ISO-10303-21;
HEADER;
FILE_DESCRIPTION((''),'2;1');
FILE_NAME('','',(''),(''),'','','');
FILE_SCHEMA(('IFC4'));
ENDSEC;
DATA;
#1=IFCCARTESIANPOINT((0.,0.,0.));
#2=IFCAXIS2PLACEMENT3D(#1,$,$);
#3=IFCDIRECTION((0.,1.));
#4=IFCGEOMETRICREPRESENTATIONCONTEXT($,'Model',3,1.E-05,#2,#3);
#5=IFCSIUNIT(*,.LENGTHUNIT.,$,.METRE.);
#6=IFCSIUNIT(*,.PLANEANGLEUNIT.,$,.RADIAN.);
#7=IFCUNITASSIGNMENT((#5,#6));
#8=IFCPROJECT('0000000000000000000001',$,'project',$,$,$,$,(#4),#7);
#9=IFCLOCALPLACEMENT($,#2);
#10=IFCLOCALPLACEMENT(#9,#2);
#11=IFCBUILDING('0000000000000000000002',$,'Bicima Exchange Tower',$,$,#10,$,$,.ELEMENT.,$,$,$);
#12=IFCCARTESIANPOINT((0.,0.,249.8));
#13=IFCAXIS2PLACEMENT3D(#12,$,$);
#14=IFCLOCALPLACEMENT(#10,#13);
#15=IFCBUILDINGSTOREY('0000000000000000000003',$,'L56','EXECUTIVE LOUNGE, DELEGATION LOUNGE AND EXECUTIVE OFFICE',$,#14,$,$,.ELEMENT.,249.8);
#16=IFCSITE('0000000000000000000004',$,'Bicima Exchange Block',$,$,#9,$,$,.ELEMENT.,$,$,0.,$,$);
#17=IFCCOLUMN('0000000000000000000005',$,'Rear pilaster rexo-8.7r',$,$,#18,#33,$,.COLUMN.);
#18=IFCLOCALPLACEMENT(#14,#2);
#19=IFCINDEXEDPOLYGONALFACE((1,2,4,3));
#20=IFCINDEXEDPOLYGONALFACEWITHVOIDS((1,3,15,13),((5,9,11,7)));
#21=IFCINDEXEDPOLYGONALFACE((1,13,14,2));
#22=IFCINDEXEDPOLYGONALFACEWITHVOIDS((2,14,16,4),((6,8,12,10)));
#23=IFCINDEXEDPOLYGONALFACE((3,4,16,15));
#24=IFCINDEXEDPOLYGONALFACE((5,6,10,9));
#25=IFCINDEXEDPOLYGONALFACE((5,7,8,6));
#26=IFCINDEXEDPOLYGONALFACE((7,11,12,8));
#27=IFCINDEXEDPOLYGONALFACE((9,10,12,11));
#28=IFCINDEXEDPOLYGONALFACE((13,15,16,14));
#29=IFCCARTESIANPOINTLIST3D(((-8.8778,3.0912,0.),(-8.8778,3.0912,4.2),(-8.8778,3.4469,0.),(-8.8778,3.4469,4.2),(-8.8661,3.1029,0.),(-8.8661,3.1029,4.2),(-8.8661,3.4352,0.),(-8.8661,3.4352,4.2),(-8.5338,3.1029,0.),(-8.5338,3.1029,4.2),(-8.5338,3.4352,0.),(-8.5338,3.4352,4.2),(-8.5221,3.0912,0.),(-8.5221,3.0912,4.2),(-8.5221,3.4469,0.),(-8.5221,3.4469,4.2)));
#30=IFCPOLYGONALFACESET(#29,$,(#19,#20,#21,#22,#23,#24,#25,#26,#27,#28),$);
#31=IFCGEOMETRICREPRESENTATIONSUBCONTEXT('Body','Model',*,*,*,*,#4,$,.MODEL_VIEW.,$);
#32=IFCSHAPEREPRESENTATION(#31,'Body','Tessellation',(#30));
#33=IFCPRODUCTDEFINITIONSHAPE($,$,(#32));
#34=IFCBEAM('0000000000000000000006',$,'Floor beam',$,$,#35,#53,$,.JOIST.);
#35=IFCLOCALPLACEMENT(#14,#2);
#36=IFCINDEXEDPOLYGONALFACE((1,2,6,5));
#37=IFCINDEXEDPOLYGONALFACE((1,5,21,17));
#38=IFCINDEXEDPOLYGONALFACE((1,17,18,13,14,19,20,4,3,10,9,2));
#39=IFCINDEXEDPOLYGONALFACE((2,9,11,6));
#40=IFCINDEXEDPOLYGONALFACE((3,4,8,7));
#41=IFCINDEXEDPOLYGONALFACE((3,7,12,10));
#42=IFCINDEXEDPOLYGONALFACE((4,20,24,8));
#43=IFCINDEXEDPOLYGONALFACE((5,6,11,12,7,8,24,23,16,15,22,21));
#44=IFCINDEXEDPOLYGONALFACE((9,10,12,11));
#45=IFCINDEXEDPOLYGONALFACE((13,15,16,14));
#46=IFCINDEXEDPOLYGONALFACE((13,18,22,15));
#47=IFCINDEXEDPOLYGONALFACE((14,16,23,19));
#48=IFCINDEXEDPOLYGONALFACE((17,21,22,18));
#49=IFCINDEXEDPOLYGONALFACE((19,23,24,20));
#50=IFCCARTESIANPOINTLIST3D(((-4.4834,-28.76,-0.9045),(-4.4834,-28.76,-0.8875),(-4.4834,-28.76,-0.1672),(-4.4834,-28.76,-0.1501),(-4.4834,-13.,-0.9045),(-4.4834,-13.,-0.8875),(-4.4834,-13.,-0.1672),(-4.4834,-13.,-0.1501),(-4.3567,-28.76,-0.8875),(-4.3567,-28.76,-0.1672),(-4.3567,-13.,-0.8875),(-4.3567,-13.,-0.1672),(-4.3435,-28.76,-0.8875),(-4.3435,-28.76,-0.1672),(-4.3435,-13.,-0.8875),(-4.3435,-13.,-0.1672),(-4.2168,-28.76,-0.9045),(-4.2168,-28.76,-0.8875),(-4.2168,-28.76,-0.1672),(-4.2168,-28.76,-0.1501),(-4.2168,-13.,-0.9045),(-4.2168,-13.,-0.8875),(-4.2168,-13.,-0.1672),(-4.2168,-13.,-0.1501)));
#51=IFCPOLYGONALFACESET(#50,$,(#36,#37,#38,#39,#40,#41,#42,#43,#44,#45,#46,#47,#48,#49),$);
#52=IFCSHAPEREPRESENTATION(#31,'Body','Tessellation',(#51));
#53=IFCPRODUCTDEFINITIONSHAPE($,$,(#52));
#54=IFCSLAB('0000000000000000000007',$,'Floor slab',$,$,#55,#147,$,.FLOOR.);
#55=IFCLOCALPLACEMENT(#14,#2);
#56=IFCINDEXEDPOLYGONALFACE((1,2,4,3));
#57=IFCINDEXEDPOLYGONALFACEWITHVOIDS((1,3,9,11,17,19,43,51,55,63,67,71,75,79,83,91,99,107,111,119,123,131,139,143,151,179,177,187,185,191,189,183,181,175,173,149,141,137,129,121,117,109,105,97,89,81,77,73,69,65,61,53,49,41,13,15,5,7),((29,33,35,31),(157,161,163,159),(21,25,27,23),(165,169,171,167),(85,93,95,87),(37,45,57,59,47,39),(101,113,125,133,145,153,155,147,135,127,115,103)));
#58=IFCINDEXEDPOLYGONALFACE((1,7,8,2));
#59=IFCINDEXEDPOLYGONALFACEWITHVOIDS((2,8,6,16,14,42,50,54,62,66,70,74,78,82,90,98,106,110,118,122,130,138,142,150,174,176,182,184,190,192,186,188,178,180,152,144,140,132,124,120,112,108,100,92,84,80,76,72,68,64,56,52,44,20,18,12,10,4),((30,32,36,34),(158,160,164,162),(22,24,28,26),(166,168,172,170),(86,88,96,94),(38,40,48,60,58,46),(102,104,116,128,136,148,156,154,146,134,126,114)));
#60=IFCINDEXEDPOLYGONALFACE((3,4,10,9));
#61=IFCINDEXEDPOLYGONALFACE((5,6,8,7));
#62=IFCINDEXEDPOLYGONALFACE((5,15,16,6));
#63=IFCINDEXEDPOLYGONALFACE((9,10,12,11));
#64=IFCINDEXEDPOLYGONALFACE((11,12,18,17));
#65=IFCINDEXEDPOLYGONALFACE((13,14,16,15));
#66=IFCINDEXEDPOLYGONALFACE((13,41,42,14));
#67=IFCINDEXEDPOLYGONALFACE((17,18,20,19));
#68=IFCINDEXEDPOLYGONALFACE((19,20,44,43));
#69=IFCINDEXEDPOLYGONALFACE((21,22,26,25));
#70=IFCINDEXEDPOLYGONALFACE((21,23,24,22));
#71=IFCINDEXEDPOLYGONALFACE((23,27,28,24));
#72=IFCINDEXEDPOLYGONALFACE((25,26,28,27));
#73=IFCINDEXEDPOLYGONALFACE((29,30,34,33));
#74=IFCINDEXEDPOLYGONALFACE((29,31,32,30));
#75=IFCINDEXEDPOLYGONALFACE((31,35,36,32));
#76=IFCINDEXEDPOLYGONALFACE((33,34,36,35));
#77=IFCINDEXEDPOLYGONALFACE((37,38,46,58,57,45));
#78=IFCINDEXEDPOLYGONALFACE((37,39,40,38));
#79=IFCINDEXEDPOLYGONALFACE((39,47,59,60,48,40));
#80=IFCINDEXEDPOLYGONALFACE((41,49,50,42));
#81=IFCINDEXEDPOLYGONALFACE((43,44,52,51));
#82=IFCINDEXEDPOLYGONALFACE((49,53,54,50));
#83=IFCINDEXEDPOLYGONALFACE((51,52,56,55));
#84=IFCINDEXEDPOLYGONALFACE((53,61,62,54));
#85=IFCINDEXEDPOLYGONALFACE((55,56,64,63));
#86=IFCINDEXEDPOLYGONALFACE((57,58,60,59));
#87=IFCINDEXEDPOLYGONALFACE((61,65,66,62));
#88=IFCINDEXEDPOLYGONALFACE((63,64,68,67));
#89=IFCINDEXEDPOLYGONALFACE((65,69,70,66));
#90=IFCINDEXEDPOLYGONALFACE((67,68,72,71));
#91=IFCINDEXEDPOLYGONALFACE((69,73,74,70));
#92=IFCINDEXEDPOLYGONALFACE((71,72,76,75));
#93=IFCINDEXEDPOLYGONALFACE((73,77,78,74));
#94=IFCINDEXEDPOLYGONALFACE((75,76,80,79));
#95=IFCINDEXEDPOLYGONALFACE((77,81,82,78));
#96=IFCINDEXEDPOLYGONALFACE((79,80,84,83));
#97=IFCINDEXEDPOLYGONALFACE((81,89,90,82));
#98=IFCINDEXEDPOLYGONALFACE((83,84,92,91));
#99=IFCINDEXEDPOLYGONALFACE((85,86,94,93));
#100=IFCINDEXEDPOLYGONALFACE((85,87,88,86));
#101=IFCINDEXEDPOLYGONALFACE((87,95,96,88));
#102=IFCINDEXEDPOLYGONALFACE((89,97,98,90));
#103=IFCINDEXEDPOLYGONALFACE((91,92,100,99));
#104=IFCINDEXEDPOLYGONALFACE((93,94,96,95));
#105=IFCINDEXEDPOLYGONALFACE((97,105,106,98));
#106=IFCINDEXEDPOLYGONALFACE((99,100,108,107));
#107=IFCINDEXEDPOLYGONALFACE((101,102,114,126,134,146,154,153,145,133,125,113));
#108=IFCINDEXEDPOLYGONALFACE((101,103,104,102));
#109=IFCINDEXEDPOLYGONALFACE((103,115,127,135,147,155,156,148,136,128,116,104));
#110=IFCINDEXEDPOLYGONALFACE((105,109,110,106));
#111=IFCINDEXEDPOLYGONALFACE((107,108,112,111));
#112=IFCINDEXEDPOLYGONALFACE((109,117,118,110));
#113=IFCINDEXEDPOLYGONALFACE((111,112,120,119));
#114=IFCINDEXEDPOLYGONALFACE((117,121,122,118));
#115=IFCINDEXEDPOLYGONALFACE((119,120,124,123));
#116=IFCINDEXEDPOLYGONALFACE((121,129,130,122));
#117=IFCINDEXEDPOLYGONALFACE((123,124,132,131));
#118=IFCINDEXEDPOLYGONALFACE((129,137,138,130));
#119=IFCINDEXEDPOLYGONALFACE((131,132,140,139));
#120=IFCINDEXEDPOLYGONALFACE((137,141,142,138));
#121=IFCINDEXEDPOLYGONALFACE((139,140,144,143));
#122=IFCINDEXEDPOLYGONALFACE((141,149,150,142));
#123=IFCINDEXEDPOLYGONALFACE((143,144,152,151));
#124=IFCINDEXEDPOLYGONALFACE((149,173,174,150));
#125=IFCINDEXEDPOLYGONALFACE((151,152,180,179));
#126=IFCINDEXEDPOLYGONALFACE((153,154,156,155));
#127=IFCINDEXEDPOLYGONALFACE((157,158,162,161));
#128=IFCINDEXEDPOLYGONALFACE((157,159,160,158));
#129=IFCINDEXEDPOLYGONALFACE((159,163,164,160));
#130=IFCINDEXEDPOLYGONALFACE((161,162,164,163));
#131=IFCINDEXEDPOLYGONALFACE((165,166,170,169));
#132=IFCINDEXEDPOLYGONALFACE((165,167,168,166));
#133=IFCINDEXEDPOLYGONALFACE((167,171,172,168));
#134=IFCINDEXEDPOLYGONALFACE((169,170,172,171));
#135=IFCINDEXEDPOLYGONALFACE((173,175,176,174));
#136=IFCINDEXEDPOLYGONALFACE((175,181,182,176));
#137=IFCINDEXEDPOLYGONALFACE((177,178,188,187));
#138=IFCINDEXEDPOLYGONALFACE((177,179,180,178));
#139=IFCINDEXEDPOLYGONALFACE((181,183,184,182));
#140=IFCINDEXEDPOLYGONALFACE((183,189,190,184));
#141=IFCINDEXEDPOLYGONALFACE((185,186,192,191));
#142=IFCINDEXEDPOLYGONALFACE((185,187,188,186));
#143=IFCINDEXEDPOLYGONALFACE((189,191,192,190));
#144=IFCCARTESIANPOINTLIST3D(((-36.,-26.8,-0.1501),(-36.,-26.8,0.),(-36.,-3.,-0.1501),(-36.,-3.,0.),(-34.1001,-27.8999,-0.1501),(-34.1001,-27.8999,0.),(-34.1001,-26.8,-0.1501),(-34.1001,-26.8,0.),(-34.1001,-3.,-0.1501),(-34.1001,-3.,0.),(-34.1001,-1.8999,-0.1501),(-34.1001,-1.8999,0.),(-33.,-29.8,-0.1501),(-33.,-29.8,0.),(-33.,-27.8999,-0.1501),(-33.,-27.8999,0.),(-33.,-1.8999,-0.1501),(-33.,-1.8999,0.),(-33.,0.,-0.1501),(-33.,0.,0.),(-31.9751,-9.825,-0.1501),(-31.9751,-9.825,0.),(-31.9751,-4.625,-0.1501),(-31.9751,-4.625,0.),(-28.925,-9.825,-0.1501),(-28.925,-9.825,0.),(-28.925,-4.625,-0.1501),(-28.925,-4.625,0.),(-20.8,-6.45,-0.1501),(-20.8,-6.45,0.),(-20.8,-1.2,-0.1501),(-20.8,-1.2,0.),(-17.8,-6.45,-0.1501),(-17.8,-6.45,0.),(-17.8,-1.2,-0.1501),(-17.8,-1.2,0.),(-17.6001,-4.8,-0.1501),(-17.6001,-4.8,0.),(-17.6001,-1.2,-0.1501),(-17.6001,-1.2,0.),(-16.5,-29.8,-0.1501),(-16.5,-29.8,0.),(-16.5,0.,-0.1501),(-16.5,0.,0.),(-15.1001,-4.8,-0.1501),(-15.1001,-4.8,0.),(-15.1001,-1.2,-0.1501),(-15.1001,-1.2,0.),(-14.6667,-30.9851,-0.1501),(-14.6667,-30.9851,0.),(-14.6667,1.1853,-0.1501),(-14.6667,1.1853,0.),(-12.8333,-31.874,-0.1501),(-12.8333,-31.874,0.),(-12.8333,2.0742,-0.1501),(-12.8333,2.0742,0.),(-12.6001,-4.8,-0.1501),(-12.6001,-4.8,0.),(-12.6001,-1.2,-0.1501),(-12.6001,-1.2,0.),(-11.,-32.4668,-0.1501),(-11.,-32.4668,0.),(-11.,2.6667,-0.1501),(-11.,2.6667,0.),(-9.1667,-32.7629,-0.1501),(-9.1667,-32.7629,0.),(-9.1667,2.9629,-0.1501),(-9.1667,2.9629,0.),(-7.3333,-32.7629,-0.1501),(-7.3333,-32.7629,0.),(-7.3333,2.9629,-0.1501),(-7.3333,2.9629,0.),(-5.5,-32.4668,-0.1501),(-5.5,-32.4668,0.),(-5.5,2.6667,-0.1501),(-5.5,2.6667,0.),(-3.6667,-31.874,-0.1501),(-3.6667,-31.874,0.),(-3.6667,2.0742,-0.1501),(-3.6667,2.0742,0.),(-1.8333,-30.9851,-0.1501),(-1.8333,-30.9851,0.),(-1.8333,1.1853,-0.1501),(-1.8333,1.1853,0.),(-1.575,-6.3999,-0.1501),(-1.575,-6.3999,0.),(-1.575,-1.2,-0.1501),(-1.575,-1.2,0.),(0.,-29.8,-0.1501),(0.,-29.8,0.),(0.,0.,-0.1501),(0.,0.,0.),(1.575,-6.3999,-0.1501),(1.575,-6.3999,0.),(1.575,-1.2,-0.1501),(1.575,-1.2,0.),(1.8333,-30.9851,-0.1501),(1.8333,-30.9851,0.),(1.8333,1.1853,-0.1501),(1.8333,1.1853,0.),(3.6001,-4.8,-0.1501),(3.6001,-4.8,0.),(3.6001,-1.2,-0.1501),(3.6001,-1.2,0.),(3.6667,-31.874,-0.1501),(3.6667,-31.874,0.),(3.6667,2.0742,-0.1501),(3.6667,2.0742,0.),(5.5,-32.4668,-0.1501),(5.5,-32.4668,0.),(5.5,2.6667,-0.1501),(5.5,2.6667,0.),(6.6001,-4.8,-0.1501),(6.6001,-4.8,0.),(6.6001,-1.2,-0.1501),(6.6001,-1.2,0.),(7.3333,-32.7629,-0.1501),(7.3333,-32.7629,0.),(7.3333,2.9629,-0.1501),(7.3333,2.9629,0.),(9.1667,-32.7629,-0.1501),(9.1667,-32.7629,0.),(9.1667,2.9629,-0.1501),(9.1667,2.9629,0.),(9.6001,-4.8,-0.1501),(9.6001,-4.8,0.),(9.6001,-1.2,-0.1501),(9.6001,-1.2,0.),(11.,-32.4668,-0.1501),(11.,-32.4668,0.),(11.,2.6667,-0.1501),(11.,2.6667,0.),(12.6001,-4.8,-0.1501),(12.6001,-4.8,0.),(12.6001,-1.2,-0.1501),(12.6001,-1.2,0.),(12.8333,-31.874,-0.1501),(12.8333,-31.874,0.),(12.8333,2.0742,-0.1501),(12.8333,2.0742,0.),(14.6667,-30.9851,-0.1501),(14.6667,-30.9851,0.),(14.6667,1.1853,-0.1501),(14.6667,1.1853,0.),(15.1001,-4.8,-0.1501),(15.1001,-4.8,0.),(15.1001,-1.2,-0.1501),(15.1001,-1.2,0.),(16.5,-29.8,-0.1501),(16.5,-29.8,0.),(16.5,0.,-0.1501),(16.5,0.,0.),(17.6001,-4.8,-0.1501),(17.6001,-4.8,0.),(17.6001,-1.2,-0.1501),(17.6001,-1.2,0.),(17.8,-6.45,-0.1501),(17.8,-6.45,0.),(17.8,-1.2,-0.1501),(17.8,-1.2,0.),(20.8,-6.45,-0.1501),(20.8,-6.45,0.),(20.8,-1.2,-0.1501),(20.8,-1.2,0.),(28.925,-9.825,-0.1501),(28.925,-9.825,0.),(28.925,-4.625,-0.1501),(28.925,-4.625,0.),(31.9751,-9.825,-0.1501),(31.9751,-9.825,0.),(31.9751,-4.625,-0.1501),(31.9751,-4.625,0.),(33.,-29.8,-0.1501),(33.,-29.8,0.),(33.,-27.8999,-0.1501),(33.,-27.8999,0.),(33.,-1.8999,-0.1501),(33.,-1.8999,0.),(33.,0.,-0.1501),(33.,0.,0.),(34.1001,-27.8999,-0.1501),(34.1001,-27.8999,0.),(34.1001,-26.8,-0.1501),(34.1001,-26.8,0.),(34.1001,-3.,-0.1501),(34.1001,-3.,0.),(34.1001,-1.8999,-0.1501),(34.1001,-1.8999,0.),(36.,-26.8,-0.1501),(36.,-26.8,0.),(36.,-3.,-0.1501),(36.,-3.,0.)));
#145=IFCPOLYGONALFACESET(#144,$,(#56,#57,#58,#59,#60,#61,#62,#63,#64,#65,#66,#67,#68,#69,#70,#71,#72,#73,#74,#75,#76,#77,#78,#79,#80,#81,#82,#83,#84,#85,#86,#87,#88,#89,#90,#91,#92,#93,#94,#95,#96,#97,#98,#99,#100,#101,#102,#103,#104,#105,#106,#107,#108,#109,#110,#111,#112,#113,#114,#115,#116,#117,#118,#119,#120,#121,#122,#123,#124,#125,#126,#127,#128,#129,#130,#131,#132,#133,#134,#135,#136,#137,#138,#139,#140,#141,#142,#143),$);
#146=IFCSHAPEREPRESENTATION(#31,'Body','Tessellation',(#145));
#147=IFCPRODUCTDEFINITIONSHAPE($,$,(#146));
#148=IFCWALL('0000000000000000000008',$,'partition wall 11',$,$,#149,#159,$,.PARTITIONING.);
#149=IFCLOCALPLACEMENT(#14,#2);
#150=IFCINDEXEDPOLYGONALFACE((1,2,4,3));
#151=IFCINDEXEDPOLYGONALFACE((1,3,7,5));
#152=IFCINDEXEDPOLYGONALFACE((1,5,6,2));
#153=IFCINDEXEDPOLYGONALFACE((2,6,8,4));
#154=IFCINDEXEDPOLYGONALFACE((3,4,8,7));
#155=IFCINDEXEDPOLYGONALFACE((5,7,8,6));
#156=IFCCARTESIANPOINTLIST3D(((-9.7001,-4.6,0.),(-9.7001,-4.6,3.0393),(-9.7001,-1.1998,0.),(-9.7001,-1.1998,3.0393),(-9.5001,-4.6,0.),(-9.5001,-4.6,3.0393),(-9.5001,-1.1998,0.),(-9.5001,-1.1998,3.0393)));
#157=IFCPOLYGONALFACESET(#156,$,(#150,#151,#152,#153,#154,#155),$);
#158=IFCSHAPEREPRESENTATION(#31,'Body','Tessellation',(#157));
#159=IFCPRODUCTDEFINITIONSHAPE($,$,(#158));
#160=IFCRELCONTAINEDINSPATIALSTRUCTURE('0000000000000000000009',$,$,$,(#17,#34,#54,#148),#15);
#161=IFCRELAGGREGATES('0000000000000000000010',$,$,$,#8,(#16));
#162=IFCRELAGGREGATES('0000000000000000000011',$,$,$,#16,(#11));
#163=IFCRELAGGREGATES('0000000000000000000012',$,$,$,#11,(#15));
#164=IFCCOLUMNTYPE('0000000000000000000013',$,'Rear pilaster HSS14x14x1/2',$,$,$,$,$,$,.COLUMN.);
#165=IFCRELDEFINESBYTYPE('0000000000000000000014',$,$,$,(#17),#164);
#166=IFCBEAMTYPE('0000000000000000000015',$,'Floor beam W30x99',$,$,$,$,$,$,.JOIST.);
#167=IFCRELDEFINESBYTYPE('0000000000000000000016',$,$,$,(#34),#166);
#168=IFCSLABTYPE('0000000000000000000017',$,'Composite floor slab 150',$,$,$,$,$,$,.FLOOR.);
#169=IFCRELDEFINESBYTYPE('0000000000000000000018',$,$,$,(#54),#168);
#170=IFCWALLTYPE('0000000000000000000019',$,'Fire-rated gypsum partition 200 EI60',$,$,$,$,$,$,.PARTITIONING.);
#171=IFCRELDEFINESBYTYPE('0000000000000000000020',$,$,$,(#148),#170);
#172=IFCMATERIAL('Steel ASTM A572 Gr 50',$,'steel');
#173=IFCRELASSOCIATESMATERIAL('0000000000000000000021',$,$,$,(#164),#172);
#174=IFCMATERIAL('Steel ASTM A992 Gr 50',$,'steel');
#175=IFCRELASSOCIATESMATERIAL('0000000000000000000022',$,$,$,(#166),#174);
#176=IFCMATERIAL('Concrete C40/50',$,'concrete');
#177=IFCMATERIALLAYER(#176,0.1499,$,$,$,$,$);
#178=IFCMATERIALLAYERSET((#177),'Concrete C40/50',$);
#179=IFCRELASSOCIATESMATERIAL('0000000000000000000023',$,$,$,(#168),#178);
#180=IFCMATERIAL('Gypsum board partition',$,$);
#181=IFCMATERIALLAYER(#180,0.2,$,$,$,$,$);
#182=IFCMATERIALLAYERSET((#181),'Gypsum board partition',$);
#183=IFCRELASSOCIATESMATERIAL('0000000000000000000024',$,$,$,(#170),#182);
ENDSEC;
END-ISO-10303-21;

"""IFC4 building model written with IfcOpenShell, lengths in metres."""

from ifc_helpers import new_model, si_unit, direction, frame, frame_2d, origin, origin_2d, place, context, subcontext, project, spatial, polyline, rectangle, hollow_rectangle, i_section, outline, extrude, material, layer, layer_set, material_profile, profile_set, type_object, element, save


model = new_model("IFC4")

# Units and contexts
model_context = context("Model", 3, precision=1e-05, world=origin(), true_north=direction((0.0, 1.0)))
body_context = subcontext(model_context, "Body", "Model", "MODEL_VIEW")
ifc_project = project(units=[si_unit("LENGTHUNIT", "METRE"), si_unit("PLANEANGLEUNIT", "RADIAN")], contexts=[model_context])

# Site, building, storey
site_placement = place(None, origin())
site = spatial("IfcSite", under=ifc_project, at=site_placement, Name="Bicima Exchange Block", CompositionType="ELEMENT", RefElevation=0.0)
building_placement = place(site_placement, origin())
building = spatial("IfcBuilding", under=site, at=building_placement, Name="Bicima Exchange Tower", CompositionType="ELEMENT")
storey_placement = place(building_placement, frame((0.0, 0.0, 249.8)))
storey = spatial("IfcBuildingStorey", under=building, at=storey_placement, Name="L56", Description="EXECUTIVE LOUNGE, DELEGATION LOUNGE AND EXECUTIVE OFFICE", CompositionType="ELEMENT", Elevation=249.8)

# Column
ifc_material_1 = material(Name="Steel ASTM A572 Gr 50", Category="steel")
ifc_material_profile_1 = material_profile(ifc_material_1, hollow_rectangle(XDim=0.3557, YDim=0.3557, WallThickness=0.0117, at=origin_2d()))
ifc_profile_set_1 = profile_set([ifc_material_profile_1], Name="Steel ASTM A572 Gr 50")
column_type = type_object("IfcColumnType", Name="Rear pilaster HSS14x14x1/2", PredefinedType="COLUMN", material=ifc_profile_set_1)
column_placement = place(storey_placement, frame((-8.7, 3.269, 0.0), z_axis=(0.0, 0.0, 1.0), x_axis=(1.0, 0.0, 0.0)))
element("IfcColumn", 1, at=column_placement, inside=storey, type_object=column_type, Name="Rear pilaster rexo-8.7r", PredefinedType="COLUMN", context=body_context, shape_type="SweptSolid", body=[
    extrude(hollow_rectangle(XDim=0.3557, YDim=0.3557, WallThickness=0.0117, at=origin_2d()), origin(), (0.0, 0.0, 1.0), 4.2),
])

# Beam
ifc_material_2 = material(Name="Steel ASTM A992 Gr 50", Category="steel")
ifc_material_profile_2 = material_profile(ifc_material_2, i_section(OverallWidth=0.2666, OverallDepth=0.7544, WebThickness=0.0132, FlangeThickness=0.0171, at=origin_2d()))
ifc_profile_set_2 = profile_set([ifc_material_profile_2], Name="Steel ASTM A992 Gr 50")
beam_type = type_object("IfcBeamType", Name="Floor beam W30x99", PredefinedType="JOIST", material=ifc_profile_set_2)
beam_placement = place(storey_placement, frame((-4.3501, -13.0, -0.5273), z_axis=(0.0, -1.0, 0.0), x_axis=(1.0, 0.0, 0.0)))
element("IfcBeam", 2, at=beam_placement, inside=storey, type_object=beam_type, Name="Floor beam", PredefinedType="JOIST", context=body_context, shape_type="SweptSolid", body=[
    extrude(i_section(OverallWidth=0.2666, OverallDepth=0.7544, WebThickness=0.0132, FlangeThickness=0.0171, at=origin_2d()), origin(), (0.0, 0.0, 1.0), 15.76),
])

# Slab
ifc_material_3 = material(Name="Concrete C40/50", Category="concrete")
ifc_layer_1 = layer(ifc_material_3, 0.1499)
ifc_layer_set_1 = layer_set([ifc_layer_1], Name="Concrete C40/50")
slab_type = type_object("IfcSlabType", Name="Composite floor slab 150", PredefinedType="FLOOR", material=ifc_layer_set_1)
slab_placement = place(storey_placement, frame((0.0, 0.0, -0.1501)))
element("IfcSlab", 3, at=slab_placement, inside=storey, type_object=slab_type, Name="Floor slab", PredefinedType="FLOOR", context=body_context, shape_type="SweptSolid", body=[
    extrude(outline(polyline([(-36.0, -26.8), (-36.0, -3.0), (-34.1001, -3.0), (-34.1001, -1.8999), (-33.0, -1.8999), (-33.0, 0.0), (-16.5, 0.0), (-14.6667, 1.1853), (-12.8333, 2.0742), (-11.0, 2.6667), (-9.1667, 2.9629), (-7.3333, 2.9629), (-5.5, 2.6667), (-3.6667, 2.0742), (-1.8333, 1.1853), (0.0, 0.0), (1.8333, 1.1853), (3.6667, 2.0742), (5.5, 2.6667), (7.3333, 2.9629), (9.1667, 2.9629), (11.0, 2.6667), (12.8333, 2.0742), (14.6667, 1.1853), (16.5, 0.0), (33.0, 0.0), (33.0, -1.8999), (34.1001, -1.8999), (34.1001, -3.0), (36.0, -3.0), (36.0, -26.8), (34.1001, -26.8), (34.1001, -27.8999), (33.0, -27.8999), (33.0, -29.8), (16.5, -29.8), (14.6667, -30.9851), (12.8333, -31.874), (11.0, -32.4668), (9.1667, -32.7629), (7.3333, -32.7629), (5.5, -32.4668), (3.6667, -31.874), (1.8333, -30.9851), (0.0, -29.8), (-1.8333, -30.9851), (-3.6667, -31.874), (-5.5, -32.4668), (-7.3333, -32.7629), (-9.1667, -32.7629), (-11.0, -32.4668), (-12.8333, -31.874), (-14.6667, -30.9851), (-16.5, -29.8), (-33.0, -29.8), (-33.0, -27.8999), (-34.1001, -27.8999), (-34.1001, -26.8), (-36.0, -26.8)]), holes=[polyline([(-28.925, -9.825), (-28.925, -4.625), (-31.9751, -4.625), (-31.9751, -9.825), (-28.925, -9.825)]), polyline([(-20.8, -6.45), (-17.8, -6.45), (-17.8, -1.2), (-20.8, -1.2), (-20.8, -6.45)]), polyline([(-1.575, -6.3999), (1.575, -6.3999), (1.575, -1.2), (-1.575, -1.2), (-1.575, -6.3999)]), polyline([(-12.6001, -1.2), (-15.1001, -1.2), (-17.6001, -1.2), (-17.6001, -4.8), (-15.1001, -4.8), (-12.6001, -4.8), (-12.6001, -1.2)]), polyline([(3.6001, -4.8), (6.6001, -4.8), (9.6001, -4.8), (12.6001, -4.8), (15.1001, -4.8), (17.6001, -4.8), (17.6001, -1.2), (15.1001, -1.2), (12.6001, -1.2), (9.6001, -1.2), (6.6001, -1.2), (3.6001, -1.2), (3.6001, -4.8)]), polyline([(31.9751, -9.825), (31.9751, -4.625), (28.925, -4.625), (28.925, -9.825), (31.9751, -9.825)]), polyline([(17.8, -6.45), (20.8, -6.45), (20.8, -1.2), (17.8, -1.2), (17.8, -6.45)])]), origin(), (0.0, 0.0, 1.0), 0.1501),
])

# Wall
ifc_material_4 = material(Name="Gypsum board partition")
ifc_layer_2 = layer(ifc_material_4, 0.2)
ifc_layer_set_2 = layer_set([ifc_layer_2], Name="Gypsum board partition")
wall_type_1 = type_object("IfcWallType", Name="Fire-rated gypsum partition 200 EI60", PredefinedType="PARTITIONING", material=ifc_layer_set_2)
wall_1_placement = place(storey_placement, frame((-9.6001, -4.6001, 0.0), z_axis=(0.0, 0.0, 1.0), x_axis=(0.0, 1.0, 0.0)))
element("IfcWall", 4, at=wall_1_placement, inside=storey, type_object=wall_type_1, Name="partition wall 11", PredefinedType="PARTITIONING", context=body_context, shape_type="SweptSolid", body=[
    extrude(rectangle(XDim=3.4001, YDim=0.2, at=frame_2d((1.7002, 0.0))), origin(), (0.0, 0.0, 1.0), 3.0393),
])

save(model, "model.ifc")
